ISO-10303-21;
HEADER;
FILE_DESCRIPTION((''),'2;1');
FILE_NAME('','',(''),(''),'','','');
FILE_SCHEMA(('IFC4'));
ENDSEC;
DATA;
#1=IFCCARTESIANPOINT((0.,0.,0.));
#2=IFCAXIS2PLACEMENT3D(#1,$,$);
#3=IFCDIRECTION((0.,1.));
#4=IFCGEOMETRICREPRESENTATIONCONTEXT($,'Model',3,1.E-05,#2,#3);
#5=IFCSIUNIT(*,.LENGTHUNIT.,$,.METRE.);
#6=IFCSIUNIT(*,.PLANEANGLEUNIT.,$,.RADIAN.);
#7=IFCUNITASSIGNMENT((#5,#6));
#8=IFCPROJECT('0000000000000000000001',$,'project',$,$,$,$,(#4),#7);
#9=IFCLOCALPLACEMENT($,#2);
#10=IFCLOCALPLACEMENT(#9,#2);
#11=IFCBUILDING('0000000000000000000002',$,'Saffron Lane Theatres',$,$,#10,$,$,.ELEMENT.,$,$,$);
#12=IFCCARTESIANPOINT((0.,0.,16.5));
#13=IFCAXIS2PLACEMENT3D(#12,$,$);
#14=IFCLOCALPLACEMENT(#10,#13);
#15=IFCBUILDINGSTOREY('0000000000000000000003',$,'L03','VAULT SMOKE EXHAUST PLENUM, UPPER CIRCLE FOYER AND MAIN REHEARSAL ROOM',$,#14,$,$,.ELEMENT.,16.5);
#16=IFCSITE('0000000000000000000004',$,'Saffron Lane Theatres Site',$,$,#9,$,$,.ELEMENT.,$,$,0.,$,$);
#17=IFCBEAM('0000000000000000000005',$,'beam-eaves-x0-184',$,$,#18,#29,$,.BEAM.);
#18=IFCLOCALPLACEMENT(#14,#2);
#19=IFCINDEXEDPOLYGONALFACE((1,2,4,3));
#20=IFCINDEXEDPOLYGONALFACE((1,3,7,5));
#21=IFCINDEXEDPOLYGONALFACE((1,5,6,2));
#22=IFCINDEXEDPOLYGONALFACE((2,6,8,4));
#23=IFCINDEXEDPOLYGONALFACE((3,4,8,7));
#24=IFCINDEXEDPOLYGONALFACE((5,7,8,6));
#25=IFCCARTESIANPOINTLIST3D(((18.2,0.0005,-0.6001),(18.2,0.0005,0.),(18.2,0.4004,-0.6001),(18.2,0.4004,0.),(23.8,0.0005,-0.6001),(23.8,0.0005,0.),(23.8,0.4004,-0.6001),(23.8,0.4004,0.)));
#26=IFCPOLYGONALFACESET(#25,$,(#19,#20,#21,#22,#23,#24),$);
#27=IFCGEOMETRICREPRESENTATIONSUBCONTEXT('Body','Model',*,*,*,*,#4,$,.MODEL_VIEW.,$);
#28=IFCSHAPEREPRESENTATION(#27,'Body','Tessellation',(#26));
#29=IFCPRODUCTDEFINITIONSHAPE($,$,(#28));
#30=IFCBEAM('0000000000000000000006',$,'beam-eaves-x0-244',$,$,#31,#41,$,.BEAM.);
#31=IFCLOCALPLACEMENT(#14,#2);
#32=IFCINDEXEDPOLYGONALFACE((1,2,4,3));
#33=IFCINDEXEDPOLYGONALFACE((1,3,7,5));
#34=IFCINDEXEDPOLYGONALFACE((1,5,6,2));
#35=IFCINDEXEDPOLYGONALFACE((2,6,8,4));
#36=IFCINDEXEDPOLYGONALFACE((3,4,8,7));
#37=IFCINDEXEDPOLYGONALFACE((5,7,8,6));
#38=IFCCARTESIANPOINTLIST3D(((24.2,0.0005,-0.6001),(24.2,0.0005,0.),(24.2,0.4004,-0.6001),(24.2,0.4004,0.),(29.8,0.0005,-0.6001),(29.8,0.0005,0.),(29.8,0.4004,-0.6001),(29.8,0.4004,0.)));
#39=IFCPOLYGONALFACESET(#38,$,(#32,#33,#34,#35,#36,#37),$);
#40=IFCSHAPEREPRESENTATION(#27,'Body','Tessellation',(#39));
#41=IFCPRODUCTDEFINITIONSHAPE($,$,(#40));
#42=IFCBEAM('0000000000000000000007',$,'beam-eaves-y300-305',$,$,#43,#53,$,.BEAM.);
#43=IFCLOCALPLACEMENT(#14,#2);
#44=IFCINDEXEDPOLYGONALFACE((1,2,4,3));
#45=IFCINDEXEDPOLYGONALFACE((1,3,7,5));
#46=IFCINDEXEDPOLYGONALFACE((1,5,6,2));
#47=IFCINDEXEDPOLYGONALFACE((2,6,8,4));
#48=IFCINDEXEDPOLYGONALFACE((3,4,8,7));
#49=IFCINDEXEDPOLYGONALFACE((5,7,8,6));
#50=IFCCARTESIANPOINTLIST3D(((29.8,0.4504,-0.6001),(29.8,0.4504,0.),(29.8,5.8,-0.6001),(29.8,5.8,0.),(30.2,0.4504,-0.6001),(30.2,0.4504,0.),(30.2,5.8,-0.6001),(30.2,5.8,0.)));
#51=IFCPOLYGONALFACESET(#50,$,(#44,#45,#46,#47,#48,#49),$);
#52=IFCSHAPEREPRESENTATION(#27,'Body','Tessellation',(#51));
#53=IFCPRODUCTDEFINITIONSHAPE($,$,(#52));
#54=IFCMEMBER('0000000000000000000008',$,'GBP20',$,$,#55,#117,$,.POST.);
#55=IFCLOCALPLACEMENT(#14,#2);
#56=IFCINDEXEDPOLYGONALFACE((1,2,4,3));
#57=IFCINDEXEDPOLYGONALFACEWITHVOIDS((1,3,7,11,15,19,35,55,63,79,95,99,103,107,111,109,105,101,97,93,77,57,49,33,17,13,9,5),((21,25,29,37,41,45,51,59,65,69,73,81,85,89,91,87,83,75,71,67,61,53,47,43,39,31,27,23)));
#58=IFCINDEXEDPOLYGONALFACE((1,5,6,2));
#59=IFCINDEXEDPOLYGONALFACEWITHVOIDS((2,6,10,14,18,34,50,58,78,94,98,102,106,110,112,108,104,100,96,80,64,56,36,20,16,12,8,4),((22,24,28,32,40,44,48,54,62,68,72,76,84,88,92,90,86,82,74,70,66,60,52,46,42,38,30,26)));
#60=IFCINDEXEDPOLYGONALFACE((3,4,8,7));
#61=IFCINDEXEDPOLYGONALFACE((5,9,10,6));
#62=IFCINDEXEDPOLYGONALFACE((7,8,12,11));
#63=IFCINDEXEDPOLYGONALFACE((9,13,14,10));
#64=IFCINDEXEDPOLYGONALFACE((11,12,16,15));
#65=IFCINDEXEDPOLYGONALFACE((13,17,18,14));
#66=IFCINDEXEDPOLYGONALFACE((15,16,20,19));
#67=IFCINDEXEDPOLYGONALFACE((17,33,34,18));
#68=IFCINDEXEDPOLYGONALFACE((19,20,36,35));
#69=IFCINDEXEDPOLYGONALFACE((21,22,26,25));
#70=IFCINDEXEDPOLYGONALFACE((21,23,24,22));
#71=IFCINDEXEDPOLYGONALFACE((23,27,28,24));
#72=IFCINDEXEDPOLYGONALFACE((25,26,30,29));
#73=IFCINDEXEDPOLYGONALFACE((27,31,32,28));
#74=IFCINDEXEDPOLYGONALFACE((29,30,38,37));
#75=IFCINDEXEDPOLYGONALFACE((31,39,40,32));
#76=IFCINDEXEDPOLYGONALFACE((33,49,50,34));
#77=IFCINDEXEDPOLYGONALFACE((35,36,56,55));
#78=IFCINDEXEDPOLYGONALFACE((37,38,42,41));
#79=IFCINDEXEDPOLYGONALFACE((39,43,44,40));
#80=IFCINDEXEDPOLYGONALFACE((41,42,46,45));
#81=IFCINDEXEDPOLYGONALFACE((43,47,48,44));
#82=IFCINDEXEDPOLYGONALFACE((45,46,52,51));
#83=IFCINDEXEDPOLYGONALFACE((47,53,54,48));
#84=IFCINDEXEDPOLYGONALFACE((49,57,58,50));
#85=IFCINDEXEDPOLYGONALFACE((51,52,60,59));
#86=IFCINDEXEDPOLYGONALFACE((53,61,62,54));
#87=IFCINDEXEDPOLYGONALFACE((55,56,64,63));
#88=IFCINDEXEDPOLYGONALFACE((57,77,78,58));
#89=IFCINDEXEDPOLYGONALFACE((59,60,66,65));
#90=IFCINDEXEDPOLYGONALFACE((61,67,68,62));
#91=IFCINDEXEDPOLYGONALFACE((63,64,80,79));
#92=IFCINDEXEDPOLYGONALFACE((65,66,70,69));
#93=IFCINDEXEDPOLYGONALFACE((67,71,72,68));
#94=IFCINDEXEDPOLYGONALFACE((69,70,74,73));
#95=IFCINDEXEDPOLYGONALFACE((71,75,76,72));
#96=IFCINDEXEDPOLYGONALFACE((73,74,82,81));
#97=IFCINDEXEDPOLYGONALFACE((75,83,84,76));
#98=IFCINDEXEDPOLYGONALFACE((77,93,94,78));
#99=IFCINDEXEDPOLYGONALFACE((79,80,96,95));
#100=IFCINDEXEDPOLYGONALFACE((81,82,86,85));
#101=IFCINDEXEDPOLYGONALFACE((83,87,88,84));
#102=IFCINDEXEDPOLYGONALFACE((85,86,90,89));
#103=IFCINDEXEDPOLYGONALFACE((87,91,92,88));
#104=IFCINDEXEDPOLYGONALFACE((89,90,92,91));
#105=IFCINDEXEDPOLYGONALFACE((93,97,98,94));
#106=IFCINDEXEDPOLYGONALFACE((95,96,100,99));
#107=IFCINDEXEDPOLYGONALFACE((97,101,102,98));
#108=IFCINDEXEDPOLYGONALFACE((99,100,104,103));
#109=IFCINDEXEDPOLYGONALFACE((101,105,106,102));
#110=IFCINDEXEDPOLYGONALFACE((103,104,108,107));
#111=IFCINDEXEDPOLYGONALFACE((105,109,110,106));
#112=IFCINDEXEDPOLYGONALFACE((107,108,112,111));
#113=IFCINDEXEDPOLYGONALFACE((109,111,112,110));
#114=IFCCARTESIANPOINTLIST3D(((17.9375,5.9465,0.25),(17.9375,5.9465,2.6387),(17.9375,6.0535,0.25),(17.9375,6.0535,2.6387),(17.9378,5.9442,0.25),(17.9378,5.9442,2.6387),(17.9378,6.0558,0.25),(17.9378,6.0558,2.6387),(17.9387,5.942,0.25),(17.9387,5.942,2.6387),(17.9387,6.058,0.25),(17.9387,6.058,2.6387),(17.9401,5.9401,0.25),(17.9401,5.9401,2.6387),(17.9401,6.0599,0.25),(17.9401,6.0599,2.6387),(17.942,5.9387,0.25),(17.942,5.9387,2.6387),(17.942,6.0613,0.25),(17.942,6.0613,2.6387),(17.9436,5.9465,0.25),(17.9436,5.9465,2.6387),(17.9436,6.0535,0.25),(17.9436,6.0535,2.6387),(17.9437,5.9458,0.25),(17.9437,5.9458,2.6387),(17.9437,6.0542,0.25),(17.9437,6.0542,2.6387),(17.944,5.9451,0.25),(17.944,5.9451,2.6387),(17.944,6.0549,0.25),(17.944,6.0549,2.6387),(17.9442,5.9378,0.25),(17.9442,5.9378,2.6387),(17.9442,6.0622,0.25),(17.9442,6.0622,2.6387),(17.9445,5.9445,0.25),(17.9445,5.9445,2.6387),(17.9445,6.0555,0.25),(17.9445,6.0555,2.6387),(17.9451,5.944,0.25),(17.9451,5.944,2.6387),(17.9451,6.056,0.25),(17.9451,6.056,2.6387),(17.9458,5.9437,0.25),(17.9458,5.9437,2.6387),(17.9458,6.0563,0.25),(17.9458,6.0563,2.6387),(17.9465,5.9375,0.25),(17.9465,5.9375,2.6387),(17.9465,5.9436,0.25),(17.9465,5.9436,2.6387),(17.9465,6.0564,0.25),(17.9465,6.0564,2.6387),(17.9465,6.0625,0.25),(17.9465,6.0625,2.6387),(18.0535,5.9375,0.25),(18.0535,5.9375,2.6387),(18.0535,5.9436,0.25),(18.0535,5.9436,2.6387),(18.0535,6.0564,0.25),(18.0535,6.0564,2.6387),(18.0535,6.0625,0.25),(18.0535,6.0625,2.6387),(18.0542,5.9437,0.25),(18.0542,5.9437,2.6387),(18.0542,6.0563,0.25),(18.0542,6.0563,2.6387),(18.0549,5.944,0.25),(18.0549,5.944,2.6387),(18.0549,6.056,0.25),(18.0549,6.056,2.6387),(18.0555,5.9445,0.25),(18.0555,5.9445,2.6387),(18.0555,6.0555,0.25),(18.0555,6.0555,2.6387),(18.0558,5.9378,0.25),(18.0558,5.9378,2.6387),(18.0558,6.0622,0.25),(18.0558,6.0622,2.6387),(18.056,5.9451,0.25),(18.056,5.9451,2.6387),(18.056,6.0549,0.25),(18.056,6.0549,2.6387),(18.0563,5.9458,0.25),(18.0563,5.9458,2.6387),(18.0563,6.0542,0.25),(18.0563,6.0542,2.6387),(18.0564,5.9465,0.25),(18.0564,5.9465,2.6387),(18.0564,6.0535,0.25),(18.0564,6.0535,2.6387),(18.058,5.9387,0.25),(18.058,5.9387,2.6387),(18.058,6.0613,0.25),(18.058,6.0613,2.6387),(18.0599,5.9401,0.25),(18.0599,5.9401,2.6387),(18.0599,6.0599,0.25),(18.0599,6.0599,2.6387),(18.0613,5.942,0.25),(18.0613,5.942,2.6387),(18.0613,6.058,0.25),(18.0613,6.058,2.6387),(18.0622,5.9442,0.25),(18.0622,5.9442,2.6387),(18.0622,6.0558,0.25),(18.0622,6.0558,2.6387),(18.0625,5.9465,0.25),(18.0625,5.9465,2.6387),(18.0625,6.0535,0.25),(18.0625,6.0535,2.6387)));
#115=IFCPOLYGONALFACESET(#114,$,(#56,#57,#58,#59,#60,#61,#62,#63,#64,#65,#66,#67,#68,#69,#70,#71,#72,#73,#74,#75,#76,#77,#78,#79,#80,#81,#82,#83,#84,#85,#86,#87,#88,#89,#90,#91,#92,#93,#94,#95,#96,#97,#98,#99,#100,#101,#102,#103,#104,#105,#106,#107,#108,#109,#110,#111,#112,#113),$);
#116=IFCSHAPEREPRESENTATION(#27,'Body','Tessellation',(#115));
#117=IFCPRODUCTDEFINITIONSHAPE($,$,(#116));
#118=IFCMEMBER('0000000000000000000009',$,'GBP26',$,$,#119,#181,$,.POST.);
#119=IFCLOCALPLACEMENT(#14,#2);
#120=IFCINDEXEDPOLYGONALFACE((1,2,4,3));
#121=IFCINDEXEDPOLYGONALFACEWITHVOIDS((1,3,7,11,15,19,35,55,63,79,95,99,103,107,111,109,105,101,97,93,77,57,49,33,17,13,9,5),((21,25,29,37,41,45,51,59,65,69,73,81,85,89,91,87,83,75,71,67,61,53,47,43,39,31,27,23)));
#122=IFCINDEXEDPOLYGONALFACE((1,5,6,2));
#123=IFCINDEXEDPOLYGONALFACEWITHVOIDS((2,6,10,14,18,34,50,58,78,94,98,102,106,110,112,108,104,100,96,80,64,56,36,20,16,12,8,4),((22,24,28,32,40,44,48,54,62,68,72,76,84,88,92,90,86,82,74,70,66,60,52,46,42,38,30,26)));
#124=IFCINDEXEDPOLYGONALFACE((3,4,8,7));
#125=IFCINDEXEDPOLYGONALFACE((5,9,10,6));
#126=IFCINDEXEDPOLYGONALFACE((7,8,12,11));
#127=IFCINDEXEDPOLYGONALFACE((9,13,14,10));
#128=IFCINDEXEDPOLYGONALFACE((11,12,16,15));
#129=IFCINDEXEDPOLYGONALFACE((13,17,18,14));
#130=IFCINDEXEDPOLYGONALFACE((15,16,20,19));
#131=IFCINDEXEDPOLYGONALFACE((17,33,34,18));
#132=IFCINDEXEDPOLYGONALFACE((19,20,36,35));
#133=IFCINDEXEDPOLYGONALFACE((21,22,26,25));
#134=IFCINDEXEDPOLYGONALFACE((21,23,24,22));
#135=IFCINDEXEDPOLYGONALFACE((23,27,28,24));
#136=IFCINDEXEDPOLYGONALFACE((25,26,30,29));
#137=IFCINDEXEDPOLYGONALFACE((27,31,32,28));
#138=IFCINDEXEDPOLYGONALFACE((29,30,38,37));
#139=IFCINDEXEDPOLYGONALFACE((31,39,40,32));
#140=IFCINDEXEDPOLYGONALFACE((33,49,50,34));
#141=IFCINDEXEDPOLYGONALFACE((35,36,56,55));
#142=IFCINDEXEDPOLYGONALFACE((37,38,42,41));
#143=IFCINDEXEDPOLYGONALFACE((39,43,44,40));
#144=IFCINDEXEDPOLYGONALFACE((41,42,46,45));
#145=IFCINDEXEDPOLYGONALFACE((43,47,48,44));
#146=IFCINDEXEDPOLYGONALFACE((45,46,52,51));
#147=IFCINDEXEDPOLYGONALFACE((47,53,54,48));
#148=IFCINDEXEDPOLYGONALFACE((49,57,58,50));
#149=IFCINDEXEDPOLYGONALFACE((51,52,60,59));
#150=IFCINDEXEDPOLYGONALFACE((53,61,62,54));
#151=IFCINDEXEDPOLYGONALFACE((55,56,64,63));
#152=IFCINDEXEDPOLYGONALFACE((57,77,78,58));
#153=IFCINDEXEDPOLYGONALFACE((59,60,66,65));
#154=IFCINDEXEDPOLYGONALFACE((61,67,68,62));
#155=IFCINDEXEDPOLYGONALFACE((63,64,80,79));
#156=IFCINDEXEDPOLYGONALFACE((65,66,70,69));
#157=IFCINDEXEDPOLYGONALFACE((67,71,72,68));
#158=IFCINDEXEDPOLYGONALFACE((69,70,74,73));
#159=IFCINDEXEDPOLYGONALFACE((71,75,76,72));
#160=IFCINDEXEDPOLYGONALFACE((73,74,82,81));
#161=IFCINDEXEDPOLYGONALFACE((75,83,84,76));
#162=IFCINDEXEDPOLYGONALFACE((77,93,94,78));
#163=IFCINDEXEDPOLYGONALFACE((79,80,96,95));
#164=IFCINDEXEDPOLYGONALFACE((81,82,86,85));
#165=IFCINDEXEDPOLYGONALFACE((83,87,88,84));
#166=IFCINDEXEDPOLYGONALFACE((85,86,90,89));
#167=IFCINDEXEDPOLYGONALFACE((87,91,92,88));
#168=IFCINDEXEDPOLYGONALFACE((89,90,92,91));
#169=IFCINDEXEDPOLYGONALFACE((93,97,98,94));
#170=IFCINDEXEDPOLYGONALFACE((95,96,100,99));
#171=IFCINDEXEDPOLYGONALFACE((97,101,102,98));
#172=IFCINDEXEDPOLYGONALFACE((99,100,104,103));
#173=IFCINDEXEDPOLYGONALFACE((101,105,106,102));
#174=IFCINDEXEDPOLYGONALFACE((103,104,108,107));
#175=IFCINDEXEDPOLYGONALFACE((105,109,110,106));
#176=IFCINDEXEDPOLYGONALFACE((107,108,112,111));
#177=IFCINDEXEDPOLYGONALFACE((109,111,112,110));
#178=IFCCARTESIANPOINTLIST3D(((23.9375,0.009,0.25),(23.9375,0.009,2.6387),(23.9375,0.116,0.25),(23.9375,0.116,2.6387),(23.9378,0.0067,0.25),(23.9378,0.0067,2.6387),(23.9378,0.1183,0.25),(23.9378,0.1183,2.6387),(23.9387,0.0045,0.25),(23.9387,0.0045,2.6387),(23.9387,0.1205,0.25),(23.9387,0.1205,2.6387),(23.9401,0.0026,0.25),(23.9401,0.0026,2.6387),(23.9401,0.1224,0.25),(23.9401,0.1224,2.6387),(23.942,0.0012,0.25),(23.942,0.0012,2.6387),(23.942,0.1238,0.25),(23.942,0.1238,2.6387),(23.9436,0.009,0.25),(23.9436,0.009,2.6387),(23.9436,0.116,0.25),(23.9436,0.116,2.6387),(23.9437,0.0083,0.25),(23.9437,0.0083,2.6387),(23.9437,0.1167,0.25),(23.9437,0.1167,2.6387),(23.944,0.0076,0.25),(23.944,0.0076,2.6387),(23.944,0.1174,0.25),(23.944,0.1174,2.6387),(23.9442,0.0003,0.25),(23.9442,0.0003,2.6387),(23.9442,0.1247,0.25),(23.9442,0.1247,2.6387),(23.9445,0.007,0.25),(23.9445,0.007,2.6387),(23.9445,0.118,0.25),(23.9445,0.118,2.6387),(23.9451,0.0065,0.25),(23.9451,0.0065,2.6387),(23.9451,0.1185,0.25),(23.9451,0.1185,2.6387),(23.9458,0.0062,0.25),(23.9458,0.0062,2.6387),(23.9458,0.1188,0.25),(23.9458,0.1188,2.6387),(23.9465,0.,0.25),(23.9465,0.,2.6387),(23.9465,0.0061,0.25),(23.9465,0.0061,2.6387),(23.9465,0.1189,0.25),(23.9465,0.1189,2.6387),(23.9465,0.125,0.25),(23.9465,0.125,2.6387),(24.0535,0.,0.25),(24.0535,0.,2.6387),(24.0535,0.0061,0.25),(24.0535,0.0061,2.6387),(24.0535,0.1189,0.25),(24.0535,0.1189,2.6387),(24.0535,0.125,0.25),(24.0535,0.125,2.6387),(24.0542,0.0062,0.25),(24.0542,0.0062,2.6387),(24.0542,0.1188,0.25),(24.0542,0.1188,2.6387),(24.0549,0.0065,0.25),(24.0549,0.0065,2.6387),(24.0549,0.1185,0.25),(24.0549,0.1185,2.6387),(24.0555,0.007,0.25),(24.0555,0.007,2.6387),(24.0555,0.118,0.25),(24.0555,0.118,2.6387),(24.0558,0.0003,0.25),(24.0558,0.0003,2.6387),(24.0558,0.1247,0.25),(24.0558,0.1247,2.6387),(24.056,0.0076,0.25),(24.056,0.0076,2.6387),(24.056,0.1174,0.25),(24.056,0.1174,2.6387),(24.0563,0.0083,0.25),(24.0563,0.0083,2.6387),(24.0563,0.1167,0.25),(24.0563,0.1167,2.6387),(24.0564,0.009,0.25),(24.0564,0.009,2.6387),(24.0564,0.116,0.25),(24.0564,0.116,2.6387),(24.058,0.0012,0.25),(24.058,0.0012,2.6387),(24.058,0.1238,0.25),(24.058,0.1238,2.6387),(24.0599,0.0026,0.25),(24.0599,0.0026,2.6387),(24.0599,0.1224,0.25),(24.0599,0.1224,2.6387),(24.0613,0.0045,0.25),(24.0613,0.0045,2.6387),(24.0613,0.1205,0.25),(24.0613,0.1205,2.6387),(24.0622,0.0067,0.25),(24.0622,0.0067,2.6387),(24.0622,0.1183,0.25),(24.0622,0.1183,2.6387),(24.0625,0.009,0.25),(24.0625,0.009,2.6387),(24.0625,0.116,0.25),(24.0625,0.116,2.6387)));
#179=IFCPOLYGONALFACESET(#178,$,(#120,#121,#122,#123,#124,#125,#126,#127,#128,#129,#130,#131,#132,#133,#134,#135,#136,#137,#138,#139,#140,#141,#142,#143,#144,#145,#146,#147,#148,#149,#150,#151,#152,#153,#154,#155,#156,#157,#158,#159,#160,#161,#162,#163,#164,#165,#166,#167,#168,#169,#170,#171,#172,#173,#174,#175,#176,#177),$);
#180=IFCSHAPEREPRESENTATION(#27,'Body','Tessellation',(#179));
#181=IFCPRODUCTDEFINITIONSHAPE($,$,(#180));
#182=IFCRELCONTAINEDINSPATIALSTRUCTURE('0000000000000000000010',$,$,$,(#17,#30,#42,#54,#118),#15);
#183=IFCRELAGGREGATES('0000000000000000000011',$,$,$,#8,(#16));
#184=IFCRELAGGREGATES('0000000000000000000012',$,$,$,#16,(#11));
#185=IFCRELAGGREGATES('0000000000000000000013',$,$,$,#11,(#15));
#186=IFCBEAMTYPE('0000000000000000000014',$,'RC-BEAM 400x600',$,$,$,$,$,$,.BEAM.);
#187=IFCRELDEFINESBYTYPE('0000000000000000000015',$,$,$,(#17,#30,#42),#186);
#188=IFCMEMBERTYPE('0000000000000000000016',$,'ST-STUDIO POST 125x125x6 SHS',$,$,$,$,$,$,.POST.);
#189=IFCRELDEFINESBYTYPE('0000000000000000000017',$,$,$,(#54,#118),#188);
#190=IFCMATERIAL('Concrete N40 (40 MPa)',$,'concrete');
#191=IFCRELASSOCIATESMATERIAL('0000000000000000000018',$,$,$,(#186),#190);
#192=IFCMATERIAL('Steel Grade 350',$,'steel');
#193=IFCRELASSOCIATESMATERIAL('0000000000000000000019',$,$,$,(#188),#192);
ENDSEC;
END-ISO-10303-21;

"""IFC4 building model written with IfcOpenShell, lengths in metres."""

from ifc_helpers import new_model, si_unit, direction, frame, origin, origin_2d, place, context, subcontext, project, spatial, rectangle, hollow_rectangle, extrude, material, material_profile, profile_set, type_object, element, save


model = new_model("IFC4")

# Units and contexts
model_context = context("Model", 3, precision=1e-05, world=origin(), true_north=direction((0.0, 1.0)))
body_context = subcontext(model_context, "Body", "Model", "MODEL_VIEW")
ifc_project = project(units=[si_unit("LENGTHUNIT", "METRE"), si_unit("PLANEANGLEUNIT", "RADIAN")], contexts=[model_context])

# Site, building, storey
site_placement = place(None, origin())
site = spatial("IfcSite", under=ifc_project, at=site_placement, Name="Saffron Lane Theatres Site", CompositionType="ELEMENT", RefElevation=0.0)
building_placement = place(site_placement, origin())
building = spatial("IfcBuilding", under=site, at=building_placement, Name="Saffron Lane Theatres", CompositionType="ELEMENT")
storey_placement = place(building_placement, frame((0.0, 0.0, 16.5)))
storey = spatial("IfcBuildingStorey", under=building, at=storey_placement, Name="L03", Description="VAULT SMOKE EXHAUST PLENUM, UPPER CIRCLE FOYER AND MAIN REHEARSAL ROOM", CompositionType="ELEMENT", Elevation=16.5)

# Beams
ifc_material_1 = material(Name="Concrete N40 (40 MPa)", Category="concrete")
ifc_material_profile_1 = material_profile(ifc_material_1, rectangle(XDim=0.3999, YDim=0.6001, at=origin_2d()))
ifc_profile_set_1 = profile_set([ifc_material_profile_1], Name="Concrete N40 (40 MPa)")
beam_type = type_object("IfcBeamType", Name="RC-BEAM 400x600", PredefinedType="BEAM", material=ifc_profile_set_1)
for number, where, z_axis, x_axis, name in (
    (1, (18.2, 0.2004, -0.3), (1.0, 0.0, 0.0), (0.0, 1.0, 0.0), "beam-eaves-x0-184"),
    (2, (24.2, 0.2004, -0.3), (1.0, 0.0, 0.0), (0.0, 1.0, 0.0), "beam-eaves-x0-244"),
):
    element("IfcBeam", number, at=place(storey_placement, frame(where, z_axis=z_axis, x_axis=x_axis)), inside=storey, type_object=beam_type, Name=name, PredefinedType="BEAM", context=body_context, shape_type="SweptSolid", body=[
        extrude(rectangle(XDim=0.3999, YDim=0.6001, at=origin_2d()), origin(), (0.0, 0.0, 1.0), 5.6001),
    ])
beam_placement = place(storey_placement, frame((30.0, 0.4504, -0.3), z_axis=(0.0, 1.0, 0.0), x_axis=(-1.0, 0.0, 0.0)))
element("IfcBeam", 3, at=beam_placement, inside=storey, type_object=beam_type, Name="beam-eaves-y300-305", PredefinedType="BEAM", context=body_context, shape_type="SweptSolid", body=[
    extrude(rectangle(XDim=0.3999, YDim=0.6001, at=origin_2d()), origin(), (0.0, 0.0, 1.0), 5.3496),
])

# Members
ifc_material_2 = material(Name="Steel Grade 350", Category="steel")
ifc_material_profile_2 = material_profile(ifc_material_2, hollow_rectangle(XDim=0.125, YDim=0.125, WallThickness=0.0061, InnerFilletRadius=0.0029, OuterFilletRadius=0.009, at=origin_2d()))
ifc_profile_set_2 = profile_set([ifc_material_profile_2], Name="Steel Grade 350")
member_type_1 = type_object("IfcMemberType", Name="ST-STUDIO POST 125x125x6 SHS", PredefinedType="POST", material=ifc_profile_set_2)
for number, where, z_axis, x_axis, name in (
    (4, (18.0, 6.0, 0.25), (0.0, 0.0, 1.0), (1.0, 0.0, 0.0), "GBP20"),
    (5, (24.0, 0.0625, 0.25), (0.0, 0.0, 1.0), (1.0, 0.0, 0.0), "GBP26"),
):
    element("IfcMember", number, at=place(storey_placement, frame(where, z_axis=z_axis, x_axis=x_axis)), inside=storey, type_object=member_type_1, Name=name, PredefinedType="POST", context=body_context, shape_type="SweptSolid", body=[
        extrude(hollow_rectangle(XDim=0.125, YDim=0.125, WallThickness=0.0061, InnerFilletRadius=0.0029, OuterFilletRadius=0.009, at=origin_2d()), origin(), (0.0, 0.0, 1.0), 2.3887),
    ])

save(model, "model.ifc")
